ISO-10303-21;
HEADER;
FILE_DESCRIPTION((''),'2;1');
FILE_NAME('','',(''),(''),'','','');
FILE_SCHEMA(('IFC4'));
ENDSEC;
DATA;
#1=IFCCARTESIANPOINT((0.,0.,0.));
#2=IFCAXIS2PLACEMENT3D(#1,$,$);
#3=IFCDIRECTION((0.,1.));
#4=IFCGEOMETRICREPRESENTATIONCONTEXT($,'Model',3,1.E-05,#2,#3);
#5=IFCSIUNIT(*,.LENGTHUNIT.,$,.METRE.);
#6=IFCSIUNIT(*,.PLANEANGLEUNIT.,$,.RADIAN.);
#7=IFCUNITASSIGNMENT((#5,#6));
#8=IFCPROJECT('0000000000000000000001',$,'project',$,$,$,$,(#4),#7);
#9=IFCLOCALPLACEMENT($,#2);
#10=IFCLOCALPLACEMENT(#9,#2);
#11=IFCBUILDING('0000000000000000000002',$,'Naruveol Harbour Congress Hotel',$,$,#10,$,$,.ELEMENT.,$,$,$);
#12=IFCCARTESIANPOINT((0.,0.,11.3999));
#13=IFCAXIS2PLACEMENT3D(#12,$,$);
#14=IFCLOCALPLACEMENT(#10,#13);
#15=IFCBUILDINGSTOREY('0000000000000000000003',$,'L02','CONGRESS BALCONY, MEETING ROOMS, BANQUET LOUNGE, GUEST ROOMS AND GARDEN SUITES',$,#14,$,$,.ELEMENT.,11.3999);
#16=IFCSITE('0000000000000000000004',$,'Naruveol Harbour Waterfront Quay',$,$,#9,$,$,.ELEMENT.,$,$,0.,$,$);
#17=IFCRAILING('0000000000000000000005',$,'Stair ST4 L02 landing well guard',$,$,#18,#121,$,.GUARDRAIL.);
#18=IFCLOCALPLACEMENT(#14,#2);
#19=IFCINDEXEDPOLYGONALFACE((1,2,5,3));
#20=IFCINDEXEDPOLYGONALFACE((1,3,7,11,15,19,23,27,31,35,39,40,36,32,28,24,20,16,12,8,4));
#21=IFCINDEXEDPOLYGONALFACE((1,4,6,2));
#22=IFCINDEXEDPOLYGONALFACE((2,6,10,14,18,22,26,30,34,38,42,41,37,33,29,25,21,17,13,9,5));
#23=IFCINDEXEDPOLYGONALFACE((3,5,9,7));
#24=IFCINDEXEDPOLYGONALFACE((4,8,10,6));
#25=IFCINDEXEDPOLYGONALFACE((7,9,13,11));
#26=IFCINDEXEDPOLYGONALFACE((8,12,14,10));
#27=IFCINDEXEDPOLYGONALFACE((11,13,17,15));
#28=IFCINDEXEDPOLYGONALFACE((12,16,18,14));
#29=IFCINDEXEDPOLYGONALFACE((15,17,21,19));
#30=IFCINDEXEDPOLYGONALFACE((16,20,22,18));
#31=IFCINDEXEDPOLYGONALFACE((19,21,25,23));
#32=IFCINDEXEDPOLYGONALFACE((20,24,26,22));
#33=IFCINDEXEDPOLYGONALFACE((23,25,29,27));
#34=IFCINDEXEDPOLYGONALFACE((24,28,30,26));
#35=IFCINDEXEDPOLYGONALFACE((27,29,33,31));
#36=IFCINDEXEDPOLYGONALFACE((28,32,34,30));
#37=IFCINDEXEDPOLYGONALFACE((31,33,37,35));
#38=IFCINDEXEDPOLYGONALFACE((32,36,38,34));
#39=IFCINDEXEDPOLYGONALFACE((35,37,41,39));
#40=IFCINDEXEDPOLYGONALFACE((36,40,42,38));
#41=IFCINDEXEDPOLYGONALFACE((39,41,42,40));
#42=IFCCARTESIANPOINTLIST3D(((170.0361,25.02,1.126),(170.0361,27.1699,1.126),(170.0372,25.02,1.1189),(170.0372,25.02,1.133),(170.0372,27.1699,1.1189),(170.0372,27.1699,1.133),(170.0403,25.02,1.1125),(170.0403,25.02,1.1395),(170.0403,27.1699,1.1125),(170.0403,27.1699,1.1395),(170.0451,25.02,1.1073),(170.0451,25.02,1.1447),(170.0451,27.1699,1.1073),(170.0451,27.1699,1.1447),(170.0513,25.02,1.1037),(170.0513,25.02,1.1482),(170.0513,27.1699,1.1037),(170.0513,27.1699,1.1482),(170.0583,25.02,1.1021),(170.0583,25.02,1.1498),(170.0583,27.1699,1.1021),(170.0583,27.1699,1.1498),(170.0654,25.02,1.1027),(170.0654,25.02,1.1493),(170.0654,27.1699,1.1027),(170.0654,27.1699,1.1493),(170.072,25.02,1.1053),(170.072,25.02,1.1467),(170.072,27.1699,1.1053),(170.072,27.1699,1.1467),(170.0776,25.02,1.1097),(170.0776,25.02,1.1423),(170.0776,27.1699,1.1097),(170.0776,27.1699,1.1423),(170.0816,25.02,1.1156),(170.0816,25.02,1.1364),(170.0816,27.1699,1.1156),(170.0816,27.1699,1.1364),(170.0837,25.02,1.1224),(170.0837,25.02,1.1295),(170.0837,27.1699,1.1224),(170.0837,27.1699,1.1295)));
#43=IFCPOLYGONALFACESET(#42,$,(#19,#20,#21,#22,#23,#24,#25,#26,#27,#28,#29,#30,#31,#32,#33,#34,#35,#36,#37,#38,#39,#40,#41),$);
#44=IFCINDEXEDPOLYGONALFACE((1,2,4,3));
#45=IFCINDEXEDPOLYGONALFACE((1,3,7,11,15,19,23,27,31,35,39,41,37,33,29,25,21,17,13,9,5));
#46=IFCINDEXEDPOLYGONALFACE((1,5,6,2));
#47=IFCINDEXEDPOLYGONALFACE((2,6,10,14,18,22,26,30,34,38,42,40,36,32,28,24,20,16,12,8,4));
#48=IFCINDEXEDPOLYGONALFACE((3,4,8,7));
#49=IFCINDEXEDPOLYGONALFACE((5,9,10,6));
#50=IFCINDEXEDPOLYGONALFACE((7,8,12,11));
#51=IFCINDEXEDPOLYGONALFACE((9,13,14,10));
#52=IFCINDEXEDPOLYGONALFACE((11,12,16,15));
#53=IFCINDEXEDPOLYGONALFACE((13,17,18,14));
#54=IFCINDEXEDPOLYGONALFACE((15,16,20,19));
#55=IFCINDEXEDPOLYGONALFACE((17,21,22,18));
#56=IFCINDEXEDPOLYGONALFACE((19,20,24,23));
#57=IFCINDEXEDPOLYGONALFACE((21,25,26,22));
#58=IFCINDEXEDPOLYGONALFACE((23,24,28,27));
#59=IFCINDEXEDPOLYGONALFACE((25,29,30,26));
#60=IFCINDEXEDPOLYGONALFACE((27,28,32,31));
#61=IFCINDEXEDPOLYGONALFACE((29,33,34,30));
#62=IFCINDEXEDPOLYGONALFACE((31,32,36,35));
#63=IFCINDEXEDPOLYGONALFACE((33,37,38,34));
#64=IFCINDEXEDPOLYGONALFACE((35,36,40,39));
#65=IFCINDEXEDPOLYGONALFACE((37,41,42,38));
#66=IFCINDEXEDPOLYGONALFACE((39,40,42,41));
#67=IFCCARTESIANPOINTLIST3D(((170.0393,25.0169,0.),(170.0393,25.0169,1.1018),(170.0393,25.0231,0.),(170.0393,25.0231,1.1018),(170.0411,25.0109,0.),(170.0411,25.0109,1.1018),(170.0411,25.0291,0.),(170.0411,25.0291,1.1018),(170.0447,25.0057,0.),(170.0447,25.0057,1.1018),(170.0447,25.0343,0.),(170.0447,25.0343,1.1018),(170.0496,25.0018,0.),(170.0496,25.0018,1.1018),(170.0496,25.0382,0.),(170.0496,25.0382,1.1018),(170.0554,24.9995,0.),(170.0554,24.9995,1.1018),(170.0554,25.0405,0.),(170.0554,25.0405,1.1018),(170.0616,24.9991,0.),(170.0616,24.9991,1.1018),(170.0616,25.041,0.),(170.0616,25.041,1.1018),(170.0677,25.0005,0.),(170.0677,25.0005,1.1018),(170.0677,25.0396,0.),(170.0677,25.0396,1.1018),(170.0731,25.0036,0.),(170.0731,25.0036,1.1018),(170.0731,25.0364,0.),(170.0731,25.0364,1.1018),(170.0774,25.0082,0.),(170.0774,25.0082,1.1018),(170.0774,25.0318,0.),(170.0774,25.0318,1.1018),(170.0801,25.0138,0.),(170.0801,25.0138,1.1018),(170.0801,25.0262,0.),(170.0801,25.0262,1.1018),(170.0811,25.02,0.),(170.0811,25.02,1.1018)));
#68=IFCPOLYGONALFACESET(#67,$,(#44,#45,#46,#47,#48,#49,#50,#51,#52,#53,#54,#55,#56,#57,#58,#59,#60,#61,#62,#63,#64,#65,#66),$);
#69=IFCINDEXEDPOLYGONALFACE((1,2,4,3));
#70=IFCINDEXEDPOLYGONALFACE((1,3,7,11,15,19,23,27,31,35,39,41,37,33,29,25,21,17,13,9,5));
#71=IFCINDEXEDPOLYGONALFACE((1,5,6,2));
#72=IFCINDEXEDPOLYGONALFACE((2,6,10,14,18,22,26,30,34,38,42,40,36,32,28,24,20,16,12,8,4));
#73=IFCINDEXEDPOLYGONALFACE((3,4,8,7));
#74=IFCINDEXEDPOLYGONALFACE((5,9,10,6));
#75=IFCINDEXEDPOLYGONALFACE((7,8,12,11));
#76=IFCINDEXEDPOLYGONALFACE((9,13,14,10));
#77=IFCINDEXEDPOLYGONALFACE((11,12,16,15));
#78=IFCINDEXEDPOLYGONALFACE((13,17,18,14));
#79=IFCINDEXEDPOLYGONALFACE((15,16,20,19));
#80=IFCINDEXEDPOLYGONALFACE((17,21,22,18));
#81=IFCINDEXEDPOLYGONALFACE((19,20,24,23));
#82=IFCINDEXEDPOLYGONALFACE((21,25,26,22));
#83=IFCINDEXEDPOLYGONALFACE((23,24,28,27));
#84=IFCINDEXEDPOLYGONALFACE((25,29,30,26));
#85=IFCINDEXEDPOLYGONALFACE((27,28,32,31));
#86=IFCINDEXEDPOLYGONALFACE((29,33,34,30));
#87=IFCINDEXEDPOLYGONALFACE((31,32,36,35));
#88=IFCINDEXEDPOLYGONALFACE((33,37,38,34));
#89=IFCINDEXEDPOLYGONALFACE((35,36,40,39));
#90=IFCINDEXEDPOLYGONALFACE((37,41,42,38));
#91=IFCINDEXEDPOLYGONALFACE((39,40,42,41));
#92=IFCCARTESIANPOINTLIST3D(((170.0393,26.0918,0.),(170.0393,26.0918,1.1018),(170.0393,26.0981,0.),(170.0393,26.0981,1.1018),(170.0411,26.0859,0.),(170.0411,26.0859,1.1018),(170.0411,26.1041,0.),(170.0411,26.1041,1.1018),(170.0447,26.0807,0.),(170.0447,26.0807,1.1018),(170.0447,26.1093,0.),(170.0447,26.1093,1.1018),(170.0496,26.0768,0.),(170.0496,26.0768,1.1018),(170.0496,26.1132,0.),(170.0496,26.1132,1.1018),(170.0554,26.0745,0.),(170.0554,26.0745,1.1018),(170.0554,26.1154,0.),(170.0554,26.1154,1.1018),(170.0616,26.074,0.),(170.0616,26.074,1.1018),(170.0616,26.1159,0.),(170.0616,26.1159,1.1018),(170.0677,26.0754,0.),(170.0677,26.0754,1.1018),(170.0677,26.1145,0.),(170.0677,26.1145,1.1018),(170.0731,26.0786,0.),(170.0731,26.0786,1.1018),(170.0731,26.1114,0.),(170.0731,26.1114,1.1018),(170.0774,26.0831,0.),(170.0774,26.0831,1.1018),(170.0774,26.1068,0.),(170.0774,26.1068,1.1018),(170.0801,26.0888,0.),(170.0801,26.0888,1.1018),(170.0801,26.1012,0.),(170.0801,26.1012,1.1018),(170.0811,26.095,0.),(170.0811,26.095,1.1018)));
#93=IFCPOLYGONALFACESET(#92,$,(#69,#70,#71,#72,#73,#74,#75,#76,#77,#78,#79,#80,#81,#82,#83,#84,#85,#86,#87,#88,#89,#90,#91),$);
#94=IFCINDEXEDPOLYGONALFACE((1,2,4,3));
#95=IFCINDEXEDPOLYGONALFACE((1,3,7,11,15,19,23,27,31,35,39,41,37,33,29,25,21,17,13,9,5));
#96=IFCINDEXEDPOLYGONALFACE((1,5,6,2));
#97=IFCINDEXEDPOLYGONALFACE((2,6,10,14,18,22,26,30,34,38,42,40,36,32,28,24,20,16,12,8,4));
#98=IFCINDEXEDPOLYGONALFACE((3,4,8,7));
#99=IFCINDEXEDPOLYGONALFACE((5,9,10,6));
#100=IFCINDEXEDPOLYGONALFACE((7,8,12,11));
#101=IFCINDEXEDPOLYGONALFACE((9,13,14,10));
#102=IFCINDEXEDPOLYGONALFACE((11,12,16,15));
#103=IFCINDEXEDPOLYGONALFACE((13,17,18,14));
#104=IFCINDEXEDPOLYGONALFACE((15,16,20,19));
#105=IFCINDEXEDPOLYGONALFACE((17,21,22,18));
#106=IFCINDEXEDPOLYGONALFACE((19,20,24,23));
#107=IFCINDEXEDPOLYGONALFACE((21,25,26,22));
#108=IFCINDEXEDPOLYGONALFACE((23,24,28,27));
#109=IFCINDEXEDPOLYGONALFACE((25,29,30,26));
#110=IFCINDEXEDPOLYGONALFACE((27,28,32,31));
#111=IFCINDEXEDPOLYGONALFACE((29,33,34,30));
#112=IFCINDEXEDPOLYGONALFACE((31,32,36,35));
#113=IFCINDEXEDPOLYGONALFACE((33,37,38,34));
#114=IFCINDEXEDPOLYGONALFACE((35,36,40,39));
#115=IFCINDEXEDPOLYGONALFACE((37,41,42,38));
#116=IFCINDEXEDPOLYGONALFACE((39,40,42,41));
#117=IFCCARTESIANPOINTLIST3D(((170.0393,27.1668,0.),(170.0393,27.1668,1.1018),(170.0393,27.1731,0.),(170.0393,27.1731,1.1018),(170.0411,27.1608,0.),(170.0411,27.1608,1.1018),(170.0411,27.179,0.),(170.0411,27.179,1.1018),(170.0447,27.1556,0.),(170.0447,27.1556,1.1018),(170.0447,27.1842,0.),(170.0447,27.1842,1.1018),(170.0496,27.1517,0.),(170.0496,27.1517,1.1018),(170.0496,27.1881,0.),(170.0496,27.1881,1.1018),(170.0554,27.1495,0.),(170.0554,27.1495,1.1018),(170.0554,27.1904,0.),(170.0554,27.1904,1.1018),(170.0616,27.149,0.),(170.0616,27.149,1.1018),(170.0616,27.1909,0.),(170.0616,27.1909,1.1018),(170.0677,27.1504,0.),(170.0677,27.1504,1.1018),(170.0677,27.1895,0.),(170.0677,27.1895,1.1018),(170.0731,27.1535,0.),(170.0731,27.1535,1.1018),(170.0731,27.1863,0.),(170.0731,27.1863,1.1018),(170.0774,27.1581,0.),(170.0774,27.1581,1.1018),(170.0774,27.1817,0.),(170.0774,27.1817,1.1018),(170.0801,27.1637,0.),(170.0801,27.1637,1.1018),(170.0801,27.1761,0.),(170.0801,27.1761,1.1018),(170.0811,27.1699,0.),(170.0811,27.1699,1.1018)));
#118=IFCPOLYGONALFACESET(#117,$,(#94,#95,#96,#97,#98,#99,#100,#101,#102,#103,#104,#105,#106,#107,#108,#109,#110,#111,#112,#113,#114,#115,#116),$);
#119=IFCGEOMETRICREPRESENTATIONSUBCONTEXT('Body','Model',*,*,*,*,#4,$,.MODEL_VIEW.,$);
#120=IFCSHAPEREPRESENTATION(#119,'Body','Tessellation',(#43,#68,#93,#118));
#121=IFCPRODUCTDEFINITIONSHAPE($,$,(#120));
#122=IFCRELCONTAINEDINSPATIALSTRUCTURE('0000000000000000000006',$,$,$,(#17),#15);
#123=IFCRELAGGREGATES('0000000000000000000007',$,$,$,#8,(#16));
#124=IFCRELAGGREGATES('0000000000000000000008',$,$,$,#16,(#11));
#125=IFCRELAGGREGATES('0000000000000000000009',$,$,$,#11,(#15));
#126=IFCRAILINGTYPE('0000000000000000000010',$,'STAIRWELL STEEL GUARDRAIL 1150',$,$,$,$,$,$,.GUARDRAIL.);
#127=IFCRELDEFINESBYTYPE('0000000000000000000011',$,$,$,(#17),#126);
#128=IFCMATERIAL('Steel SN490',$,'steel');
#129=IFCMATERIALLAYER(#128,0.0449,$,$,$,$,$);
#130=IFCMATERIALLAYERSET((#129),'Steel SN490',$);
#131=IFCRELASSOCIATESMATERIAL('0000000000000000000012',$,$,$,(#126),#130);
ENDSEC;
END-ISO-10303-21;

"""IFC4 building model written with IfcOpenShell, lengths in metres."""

from ifc_helpers import new_model, si_unit, direction, frame, origin, origin_2d, place, context, subcontext, project, spatial, circle, extrude, material, layer, layer_set, type_object, element, save


model = new_model("IFC4")

# Units and contexts
model_context = context("Model", 3, precision=1e-05, world=origin(), true_north=direction((0.0, 1.0)))
body_context = subcontext(model_context, "Body", "Model", "MODEL_VIEW")
ifc_project = project(units=[si_unit("LENGTHUNIT", "METRE"), si_unit("PLANEANGLEUNIT", "RADIAN")], contexts=[model_context])

# Site, building, storey
site_placement = place(None, origin())
site = spatial("IfcSite", under=ifc_project, at=site_placement, Name="Naruveol Harbour Waterfront Quay", CompositionType="ELEMENT", RefElevation=0.0)
building_placement = place(site_placement, origin())
building = spatial("IfcBuilding", under=site, at=building_placement, Name="Naruveol Harbour Congress Hotel", CompositionType="ELEMENT")
storey_placement = place(building_placement, frame((0.0, 0.0, 11.3999)))
storey = spatial("IfcBuildingStorey", under=building, at=storey_placement, Name="L02", Description="CONGRESS BALCONY, MEETING ROOMS, BANQUET LOUNGE, GUEST ROOMS AND GARDEN SUITES", CompositionType="ELEMENT", Elevation=11.3999)

# Railing
ifc_material_1 = material(Name="Steel SN490", Category="steel")
ifc_layer_1 = layer(ifc_material_1, 0.0449)
ifc_layer_set_1 = layer_set([ifc_layer_1], Name="Steel SN490")
railing_type_1 = type_object("IfcRailingType", Name="STAIRWELL STEEL GUARDRAIL 1150", PredefinedType="GUARDRAIL", material=ifc_layer_set_1)
railing_1_placement = place(storey_placement, frame((170.0601, 25.02, 0.0)))
element("IfcRailing", 1, at=railing_1_placement, inside=storey, type_object=railing_type_1, Name="Stair ST4 L02 landing well guard", PredefinedType="GUARDRAIL", context=body_context, shape_type="SweptSolid", body=[
    extrude(circle(Radius=0.0239, at=origin_2d()), frame((0.0, 0.0, 1.126), z_axis=(0.0, 1.0, 0.0), x_axis=(-1.0, 0.0, 0.0)), (0.0, 0.0, 1.0), 2.1499),
    extrude(circle(Radius=0.021, at=origin_2d()), origin(), (0.0, 0.0, 1.0), 1.1018),
    extrude(circle(Radius=0.021, at=origin_2d()), frame((0.0, 1.075, 0.0)), (0.0, 0.0, 1.0), 1.1018),
    extrude(circle(Radius=0.021, at=origin_2d()), frame((0.0, 2.1499, 0.0)), (0.0, 0.0, 1.0), 1.1018),
])

save(model, "model.ifc")
